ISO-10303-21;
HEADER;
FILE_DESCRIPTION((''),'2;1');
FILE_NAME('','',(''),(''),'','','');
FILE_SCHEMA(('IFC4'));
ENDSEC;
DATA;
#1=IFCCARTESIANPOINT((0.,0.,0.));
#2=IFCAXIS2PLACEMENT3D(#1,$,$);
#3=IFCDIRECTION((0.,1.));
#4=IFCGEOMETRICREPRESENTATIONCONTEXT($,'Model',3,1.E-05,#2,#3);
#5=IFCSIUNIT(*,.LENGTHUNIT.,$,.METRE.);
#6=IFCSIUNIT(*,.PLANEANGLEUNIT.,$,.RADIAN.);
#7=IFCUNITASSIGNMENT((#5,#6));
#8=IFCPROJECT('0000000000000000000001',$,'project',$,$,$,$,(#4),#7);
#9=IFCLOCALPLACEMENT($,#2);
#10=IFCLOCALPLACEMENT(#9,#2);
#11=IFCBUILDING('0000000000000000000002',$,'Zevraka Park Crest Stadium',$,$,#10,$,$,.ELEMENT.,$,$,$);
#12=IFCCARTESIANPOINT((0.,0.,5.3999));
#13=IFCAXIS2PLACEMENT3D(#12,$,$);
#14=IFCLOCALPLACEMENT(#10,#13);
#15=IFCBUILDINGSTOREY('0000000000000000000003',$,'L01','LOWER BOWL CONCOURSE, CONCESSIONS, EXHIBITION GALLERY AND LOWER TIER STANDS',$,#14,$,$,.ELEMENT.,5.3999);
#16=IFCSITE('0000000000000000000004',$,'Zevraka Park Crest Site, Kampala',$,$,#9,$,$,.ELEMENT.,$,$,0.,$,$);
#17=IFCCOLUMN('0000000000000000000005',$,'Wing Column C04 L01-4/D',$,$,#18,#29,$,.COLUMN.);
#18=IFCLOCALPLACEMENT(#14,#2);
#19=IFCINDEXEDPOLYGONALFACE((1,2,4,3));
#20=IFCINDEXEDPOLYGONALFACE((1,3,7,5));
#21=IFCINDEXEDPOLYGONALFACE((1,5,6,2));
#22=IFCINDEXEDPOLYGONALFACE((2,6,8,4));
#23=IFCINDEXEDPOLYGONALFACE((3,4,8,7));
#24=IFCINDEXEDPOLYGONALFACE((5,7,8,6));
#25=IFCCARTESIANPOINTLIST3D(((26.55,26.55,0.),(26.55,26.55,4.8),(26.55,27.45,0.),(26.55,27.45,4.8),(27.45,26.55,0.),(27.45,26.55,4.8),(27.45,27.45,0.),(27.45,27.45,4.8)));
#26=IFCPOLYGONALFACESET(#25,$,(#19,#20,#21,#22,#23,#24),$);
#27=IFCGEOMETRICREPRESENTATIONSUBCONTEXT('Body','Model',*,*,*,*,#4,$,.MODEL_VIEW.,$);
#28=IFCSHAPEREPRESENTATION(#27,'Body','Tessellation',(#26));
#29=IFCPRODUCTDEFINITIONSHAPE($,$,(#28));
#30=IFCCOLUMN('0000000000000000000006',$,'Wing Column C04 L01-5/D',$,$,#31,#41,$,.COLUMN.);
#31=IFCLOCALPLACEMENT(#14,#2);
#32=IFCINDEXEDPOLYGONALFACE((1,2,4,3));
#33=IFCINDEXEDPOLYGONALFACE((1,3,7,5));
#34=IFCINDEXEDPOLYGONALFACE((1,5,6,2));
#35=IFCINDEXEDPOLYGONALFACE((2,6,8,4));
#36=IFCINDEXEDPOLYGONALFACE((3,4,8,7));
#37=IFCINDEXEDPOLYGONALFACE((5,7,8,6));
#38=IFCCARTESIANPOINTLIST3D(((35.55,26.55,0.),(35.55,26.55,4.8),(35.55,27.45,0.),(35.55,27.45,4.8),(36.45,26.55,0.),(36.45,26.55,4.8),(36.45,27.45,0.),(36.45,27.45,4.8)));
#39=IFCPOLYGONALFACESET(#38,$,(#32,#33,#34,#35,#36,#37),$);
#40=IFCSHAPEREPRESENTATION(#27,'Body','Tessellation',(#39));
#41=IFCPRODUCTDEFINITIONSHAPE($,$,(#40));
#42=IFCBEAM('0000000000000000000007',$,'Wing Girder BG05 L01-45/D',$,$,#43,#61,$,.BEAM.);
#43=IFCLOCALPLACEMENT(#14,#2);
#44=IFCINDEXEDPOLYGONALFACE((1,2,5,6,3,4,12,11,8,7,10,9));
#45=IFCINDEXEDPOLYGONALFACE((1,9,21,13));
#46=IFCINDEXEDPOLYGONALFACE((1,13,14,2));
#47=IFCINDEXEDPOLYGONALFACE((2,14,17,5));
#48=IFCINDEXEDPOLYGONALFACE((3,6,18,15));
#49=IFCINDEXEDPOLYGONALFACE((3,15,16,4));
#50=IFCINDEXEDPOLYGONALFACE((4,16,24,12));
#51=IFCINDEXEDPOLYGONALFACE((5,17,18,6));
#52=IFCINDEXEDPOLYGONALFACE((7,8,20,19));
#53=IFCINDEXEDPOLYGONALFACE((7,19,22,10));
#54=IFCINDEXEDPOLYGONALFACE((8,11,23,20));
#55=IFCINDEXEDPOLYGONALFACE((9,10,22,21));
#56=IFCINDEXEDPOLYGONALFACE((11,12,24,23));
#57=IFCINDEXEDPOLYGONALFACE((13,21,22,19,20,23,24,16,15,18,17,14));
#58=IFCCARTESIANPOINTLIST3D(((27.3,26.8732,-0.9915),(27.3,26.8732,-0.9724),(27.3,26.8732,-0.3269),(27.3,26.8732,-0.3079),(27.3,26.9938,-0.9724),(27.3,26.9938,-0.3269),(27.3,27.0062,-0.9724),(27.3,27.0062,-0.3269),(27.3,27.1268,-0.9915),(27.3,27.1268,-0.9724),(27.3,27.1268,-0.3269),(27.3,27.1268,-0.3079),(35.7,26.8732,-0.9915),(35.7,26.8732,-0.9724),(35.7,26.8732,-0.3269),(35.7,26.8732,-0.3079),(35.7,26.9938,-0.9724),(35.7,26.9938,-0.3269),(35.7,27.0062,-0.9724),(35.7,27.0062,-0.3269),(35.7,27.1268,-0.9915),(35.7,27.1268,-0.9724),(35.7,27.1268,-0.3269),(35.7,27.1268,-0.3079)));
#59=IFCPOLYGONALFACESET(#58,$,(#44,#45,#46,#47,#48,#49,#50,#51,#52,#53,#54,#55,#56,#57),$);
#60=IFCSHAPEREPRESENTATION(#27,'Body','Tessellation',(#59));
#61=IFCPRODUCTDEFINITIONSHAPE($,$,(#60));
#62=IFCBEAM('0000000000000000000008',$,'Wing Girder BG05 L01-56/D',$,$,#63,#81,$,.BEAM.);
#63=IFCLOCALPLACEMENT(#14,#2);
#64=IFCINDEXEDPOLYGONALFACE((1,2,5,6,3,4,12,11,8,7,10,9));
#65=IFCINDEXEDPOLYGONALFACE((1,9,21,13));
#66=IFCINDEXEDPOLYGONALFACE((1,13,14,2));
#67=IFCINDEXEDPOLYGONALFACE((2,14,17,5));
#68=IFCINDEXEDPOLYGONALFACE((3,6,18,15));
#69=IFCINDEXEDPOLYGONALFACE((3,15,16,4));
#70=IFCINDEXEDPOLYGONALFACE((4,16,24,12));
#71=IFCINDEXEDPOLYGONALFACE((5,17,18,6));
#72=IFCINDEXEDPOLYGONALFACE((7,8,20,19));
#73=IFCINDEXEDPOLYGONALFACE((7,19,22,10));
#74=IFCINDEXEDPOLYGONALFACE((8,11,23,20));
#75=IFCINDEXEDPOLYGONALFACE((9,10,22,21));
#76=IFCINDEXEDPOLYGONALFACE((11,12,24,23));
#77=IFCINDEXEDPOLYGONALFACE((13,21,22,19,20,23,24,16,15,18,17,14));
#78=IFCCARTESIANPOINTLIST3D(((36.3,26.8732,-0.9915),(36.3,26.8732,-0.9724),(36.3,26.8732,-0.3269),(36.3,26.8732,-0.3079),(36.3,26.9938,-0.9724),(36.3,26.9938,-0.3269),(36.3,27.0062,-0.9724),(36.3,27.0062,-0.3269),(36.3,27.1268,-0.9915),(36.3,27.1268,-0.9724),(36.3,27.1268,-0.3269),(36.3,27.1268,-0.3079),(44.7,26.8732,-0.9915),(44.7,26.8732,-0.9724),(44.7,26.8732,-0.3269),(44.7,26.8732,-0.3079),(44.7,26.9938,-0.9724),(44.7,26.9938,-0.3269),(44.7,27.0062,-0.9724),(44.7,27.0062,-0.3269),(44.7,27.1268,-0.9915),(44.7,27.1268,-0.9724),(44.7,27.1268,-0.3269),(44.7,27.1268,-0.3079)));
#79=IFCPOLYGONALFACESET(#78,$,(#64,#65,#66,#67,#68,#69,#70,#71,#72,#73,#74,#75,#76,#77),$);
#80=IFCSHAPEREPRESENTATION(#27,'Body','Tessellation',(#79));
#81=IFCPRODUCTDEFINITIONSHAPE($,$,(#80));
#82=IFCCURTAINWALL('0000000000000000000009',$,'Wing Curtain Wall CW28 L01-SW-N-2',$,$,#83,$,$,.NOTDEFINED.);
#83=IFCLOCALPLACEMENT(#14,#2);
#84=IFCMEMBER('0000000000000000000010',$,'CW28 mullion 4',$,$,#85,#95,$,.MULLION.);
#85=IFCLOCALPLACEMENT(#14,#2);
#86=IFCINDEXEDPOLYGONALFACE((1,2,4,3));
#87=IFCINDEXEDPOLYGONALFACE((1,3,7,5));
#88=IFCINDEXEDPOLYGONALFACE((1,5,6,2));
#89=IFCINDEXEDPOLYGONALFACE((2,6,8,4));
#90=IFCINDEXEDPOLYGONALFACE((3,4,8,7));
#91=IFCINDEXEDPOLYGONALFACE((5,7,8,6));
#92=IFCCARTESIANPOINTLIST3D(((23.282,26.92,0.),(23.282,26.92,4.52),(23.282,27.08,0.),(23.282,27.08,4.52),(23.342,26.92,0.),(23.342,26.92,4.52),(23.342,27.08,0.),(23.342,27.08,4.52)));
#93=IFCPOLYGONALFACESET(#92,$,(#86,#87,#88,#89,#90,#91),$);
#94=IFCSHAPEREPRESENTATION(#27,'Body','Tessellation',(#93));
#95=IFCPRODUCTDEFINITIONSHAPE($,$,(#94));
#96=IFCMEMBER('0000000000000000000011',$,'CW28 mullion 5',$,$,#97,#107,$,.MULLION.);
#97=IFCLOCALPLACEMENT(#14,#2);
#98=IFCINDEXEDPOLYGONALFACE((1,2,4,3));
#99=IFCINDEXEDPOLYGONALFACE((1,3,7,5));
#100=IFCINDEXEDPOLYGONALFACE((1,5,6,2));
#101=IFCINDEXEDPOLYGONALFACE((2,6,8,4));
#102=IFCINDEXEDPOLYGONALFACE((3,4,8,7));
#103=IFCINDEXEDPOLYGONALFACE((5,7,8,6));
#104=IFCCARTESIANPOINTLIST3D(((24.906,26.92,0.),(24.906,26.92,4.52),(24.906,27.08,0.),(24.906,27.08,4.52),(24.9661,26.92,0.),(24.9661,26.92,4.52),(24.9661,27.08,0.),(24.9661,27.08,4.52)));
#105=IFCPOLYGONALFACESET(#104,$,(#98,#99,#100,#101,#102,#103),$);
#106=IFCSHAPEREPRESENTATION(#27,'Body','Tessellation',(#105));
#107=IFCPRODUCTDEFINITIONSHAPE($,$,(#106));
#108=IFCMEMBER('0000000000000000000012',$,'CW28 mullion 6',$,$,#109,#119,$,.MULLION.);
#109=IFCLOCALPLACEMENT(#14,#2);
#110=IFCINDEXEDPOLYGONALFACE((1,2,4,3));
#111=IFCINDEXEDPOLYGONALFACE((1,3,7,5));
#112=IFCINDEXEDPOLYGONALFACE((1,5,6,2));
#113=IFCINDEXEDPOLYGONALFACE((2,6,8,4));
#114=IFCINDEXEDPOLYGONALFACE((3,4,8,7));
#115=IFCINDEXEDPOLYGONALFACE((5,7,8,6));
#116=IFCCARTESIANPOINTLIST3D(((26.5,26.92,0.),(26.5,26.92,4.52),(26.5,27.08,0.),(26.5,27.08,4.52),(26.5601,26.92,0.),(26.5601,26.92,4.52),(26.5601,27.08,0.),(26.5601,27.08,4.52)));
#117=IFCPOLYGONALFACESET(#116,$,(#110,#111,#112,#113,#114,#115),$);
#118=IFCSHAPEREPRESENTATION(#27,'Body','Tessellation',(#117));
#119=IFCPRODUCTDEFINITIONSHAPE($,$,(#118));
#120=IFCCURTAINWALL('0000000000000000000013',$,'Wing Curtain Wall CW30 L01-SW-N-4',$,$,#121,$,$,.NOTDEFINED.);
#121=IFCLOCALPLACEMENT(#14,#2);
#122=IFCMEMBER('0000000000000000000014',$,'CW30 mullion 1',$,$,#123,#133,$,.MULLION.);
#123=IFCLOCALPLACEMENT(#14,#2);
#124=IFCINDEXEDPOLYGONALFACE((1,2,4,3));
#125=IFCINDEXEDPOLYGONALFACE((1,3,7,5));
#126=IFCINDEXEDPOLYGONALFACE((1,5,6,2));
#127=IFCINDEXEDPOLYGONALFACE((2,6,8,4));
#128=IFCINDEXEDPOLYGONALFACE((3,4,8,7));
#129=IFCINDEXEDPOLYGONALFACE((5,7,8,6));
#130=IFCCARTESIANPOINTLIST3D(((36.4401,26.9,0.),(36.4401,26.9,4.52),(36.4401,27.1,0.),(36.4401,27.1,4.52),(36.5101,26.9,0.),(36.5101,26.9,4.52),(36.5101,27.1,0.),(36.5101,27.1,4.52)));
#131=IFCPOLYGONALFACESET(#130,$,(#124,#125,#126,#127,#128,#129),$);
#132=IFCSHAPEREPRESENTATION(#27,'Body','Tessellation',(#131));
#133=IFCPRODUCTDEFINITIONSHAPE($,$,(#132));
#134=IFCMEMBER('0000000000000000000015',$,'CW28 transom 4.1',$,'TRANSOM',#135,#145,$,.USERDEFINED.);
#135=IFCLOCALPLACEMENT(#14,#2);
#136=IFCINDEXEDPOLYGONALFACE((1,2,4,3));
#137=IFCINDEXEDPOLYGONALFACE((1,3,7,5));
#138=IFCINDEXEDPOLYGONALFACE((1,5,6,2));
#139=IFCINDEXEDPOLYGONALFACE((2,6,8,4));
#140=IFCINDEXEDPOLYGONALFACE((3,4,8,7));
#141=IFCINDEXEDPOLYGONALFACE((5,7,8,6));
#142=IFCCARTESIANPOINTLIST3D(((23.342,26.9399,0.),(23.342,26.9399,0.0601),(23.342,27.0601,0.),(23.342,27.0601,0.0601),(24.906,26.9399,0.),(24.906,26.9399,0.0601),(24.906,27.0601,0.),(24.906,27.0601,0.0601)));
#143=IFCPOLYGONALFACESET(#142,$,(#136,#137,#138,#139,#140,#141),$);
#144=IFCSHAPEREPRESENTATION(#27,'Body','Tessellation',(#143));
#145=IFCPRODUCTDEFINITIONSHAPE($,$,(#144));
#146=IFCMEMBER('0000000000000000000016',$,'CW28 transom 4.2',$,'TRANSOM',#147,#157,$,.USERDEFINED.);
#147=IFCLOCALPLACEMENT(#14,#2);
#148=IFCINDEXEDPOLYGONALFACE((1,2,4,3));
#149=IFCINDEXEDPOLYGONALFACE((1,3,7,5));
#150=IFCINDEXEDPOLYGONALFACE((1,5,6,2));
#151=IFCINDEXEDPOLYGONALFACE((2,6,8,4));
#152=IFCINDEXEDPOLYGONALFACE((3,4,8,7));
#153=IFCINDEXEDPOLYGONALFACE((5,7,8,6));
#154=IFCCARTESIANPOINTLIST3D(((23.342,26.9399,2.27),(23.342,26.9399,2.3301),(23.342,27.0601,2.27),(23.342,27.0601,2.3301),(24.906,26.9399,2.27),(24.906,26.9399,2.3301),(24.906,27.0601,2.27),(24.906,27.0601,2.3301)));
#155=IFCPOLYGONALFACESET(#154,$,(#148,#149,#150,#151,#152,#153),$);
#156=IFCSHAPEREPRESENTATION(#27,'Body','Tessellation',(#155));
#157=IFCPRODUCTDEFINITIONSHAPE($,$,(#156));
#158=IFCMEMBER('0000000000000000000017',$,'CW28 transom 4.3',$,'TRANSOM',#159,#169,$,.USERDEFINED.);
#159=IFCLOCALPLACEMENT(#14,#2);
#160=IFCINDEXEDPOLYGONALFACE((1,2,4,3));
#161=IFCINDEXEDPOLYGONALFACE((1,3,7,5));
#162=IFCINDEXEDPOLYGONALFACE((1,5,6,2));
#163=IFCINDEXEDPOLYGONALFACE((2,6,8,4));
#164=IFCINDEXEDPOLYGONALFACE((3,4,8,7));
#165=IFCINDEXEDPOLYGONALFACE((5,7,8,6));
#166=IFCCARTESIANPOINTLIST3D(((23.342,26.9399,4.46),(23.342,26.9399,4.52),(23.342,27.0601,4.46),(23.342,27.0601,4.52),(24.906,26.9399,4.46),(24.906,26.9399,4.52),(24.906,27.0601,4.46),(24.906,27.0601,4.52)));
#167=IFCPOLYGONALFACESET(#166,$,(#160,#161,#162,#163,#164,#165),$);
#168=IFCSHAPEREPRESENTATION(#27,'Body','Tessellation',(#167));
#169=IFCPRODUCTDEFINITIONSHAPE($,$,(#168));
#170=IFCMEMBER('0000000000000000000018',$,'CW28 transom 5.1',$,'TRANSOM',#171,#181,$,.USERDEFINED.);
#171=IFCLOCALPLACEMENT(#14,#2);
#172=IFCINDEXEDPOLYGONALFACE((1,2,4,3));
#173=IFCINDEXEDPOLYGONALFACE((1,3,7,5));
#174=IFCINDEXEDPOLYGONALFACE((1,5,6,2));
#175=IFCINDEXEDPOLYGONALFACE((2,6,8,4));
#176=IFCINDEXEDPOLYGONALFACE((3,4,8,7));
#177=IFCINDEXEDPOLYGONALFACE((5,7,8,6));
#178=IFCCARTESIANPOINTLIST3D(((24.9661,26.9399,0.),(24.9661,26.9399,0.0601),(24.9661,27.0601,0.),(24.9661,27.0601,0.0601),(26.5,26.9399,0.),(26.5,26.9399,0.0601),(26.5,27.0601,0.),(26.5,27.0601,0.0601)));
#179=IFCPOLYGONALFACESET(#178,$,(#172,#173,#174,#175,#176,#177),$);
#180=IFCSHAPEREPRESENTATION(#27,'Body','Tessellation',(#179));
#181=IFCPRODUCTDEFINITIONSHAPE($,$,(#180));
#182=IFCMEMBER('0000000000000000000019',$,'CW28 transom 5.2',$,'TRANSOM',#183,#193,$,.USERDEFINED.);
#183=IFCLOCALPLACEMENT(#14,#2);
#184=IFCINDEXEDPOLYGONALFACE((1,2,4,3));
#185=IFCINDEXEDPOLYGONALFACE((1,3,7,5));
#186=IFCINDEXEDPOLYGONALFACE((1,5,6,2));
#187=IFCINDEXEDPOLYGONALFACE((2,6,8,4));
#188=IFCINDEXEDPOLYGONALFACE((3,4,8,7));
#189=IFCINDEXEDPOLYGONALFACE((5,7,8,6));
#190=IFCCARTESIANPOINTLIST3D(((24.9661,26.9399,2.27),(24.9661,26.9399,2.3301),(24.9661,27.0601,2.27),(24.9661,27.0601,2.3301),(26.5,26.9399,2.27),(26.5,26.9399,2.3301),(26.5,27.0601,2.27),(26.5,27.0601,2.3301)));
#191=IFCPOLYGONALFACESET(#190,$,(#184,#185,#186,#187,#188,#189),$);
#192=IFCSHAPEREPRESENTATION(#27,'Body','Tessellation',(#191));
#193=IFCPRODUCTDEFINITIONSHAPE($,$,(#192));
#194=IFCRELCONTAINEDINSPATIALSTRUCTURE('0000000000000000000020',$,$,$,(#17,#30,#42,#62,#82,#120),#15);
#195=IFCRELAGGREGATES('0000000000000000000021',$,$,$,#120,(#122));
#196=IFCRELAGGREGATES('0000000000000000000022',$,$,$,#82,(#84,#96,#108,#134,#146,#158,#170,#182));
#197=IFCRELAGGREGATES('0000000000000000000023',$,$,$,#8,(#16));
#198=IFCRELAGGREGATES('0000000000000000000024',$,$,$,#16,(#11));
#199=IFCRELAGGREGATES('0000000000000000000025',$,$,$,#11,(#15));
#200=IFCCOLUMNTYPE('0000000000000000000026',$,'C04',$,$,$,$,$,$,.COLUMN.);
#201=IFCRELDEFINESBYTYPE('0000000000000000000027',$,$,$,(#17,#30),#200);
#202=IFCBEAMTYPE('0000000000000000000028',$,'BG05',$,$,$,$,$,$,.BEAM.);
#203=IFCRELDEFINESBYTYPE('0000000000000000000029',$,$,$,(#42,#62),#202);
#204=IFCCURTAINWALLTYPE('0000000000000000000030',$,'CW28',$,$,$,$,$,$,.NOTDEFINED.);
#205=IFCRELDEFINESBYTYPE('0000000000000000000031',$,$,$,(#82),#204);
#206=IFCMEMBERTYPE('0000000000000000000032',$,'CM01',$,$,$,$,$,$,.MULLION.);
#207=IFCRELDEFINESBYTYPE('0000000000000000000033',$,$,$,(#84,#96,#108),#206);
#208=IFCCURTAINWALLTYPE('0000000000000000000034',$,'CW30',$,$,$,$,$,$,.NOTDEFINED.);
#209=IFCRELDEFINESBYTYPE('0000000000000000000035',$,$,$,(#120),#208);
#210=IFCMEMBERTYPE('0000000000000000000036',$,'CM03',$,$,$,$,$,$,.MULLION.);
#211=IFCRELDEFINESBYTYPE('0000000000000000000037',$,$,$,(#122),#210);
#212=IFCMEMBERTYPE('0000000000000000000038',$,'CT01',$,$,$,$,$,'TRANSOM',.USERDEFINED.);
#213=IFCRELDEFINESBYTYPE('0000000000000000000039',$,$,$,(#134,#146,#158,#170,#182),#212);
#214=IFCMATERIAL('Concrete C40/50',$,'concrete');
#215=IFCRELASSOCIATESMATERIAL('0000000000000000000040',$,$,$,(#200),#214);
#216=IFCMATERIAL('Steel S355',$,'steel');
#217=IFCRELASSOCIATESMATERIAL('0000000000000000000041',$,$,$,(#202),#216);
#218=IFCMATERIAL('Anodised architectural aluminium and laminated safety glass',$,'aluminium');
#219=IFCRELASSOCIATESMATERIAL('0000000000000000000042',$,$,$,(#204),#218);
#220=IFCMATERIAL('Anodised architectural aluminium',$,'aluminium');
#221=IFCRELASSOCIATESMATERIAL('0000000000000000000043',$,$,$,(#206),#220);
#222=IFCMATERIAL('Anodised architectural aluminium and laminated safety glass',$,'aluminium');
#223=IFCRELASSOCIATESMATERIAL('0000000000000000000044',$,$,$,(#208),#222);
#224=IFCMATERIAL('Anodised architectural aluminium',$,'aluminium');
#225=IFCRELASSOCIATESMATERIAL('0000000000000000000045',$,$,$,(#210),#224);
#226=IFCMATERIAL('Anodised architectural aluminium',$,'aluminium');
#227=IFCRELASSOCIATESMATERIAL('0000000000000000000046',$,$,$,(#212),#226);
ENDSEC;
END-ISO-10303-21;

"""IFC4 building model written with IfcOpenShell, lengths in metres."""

from ifc_helpers import new_model, si_unit, direction, frame, origin, origin_2d, place, context, subcontext, project, spatial, rectangle, i_section, extrude, material, material_profile, profile_set, type_object, element, aggregate, save


model = new_model("IFC4")

# Units and contexts
model_context = context("Model", 3, precision=1e-05, world=origin(), true_north=direction((0.0, 1.0)))
body_context = subcontext(model_context, "Body", "Model", "MODEL_VIEW")
ifc_project = project(units=[si_unit("LENGTHUNIT", "METRE"), si_unit("PLANEANGLEUNIT", "RADIAN")], contexts=[model_context])

# Site, building, storey
site_placement = place(None, origin())
site = spatial("IfcSite", under=ifc_project, at=site_placement, Name="Zevraka Park Crest Site, Kampala", CompositionType="ELEMENT", RefElevation=0.0)
building_placement = place(site_placement, origin())
building = spatial("IfcBuilding", under=site, at=building_placement, Name="Zevraka Park Crest Stadium", CompositionType="ELEMENT")
storey_placement = place(building_placement, frame((0.0, 0.0, 5.3999)))
storey = spatial("IfcBuildingStorey", under=building, at=storey_placement, Name="L01", Description="LOWER BOWL CONCOURSE, CONCESSIONS, EXHIBITION GALLERY AND LOWER TIER STANDS", CompositionType="ELEMENT", Elevation=5.3999)

# Columns
ifc_material_1 = material(Name="Concrete C40/50", Category="concrete")
ifc_material_profile_1 = material_profile(ifc_material_1, rectangle(XDim=0.8999, YDim=0.8999, at=origin_2d()), Name="RC 900x900")
ifc_profile_set_1 = profile_set([ifc_material_profile_1], Name="Concrete C40/50")
column_type = type_object("IfcColumnType", Name="C04", PredefinedType="COLUMN", material=ifc_profile_set_1)
for number, where, z_axis, x_axis, name in (
    (1, (27.0, 27.0, 0.0), (0.0, 0.0, 1.0), (1.0, 0.0, 0.0), "Wing Column C04 L01-4/D"),
    (2, (36.0, 27.0, 0.0), (0.0, 0.0, 1.0), (1.0, 0.0, 0.0), "Wing Column C04 L01-5/D"),
):
    element("IfcColumn", number, at=place(storey_placement, frame(where, z_axis=z_axis, x_axis=x_axis)), inside=storey, type_object=column_type, Name=name, PredefinedType="COLUMN", context=body_context, shape_type="SweptSolid", body=[
        extrude(rectangle(XDim=0.8999, YDim=0.8999, at=origin_2d()), origin(), (0.0, 0.0, 1.0), 4.8),
    ])

# Beams
ifc_material_2 = material(Name="Steel S355", Category="steel")
ifc_material_profile_2 = material_profile(ifc_material_2, i_section(OverallWidth=0.2537, OverallDepth=0.6836, WebThickness=0.0125, FlangeThickness=0.019, at=origin_2d()), Name="UKB 686x254x140")
ifc_profile_set_2 = profile_set([ifc_material_profile_2], Name="Steel S355")
beam_type = type_object("IfcBeamType", Name="BG05", PredefinedType="BEAM", material=ifc_profile_set_2)
for number, where, z_axis, x_axis, name in (
    (3, (27.3, 27.0, -0.6497), (1.0, 0.0, 0.0), (0.0, 1.0, 0.0), "Wing Girder BG05 L01-45/D"),
    (4, (36.3, 27.0, -0.6497), (1.0, 0.0, 0.0), (0.0, 1.0, 0.0), "Wing Girder BG05 L01-56/D"),
):
    element("IfcBeam", number, at=place(storey_placement, frame(where, z_axis=z_axis, x_axis=x_axis)), inside=storey, type_object=beam_type, Name=name, PredefinedType="BEAM", context=body_context, shape_type="SweptSolid", body=[
        extrude(i_section(OverallWidth=0.2537, OverallDepth=0.6836, WebThickness=0.0125, FlangeThickness=0.019, at=origin_2d()), origin(), (0.0, 0.0, 1.0), 8.3999),
    ])

# Curtain wall, members
ifc_material_3 = material(Name="Anodised architectural aluminium and laminated safety glass", Category="aluminium")
curtain_wall_type_1 = type_object("IfcCurtainWallType", Name="CW28", PredefinedType="NOTDEFINED", material=ifc_material_3)
curtain_wall_1_placement = place(storey_placement, origin())
curtain_wall_1 = element("IfcCurtainWall", 5, at=curtain_wall_1_placement, inside=storey, type_object=curtain_wall_type_1, Name="Wing Curtain Wall CW28 L01-SW-N-2", PredefinedType="NOTDEFINED")
ifc_material_4 = material(Name="Anodised architectural aluminium", Category="aluminium")
ifc_material_profile_3 = material_profile(ifc_material_4, rectangle(XDim=0.1599, YDim=0.0601, at=origin_2d()), Name="ALU MULLION 160x60")
ifc_profile_set_3 = profile_set([ifc_material_profile_3], Name="Anodised architectural aluminium")
member_type_1 = type_object("IfcMemberType", Name="CM01", PredefinedType="MULLION", material=ifc_profile_set_3)
member_1_placement = place(storey_placement, frame((23.312, 27.0, 0.0), z_axis=(0.0, 0.0, 1.0), x_axis=(0.0, 1.0, 0.0)))
member_1 = element("IfcMember", 6, at=member_1_placement, type_object=member_type_1, Name="CW28 mullion 4", PredefinedType="MULLION", context=body_context, shape_type="SweptSolid", body=[
    extrude(rectangle(XDim=0.1599, YDim=0.0601, at=origin_2d()), origin(), (0.0, 0.0, 1.0), 4.52),
])
member_2_placement = place(storey_placement, frame((24.936, 27.0, 0.0), z_axis=(0.0, 0.0, 1.0), x_axis=(0.0, 1.0, 0.0)))
member_2 = element("IfcMember", 7, at=member_2_placement, type_object=member_type_1, Name="CW28 mullion 5", PredefinedType="MULLION", context=body_context, shape_type="SweptSolid", body=[
    extrude(rectangle(XDim=0.1599, YDim=0.0601, at=origin_2d()), origin(), (0.0, 0.0, 1.0), 4.52),
])
member_3_placement = place(storey_placement, frame((26.53, 27.0, 0.0), z_axis=(0.0, 0.0, 1.0), x_axis=(0.0, 1.0, 0.0)))
member_3 = element("IfcMember", 8, at=member_3_placement, type_object=member_type_1, Name="CW28 mullion 6", PredefinedType="MULLION", context=body_context, shape_type="SweptSolid", body=[
    extrude(rectangle(XDim=0.1599, YDim=0.0601, at=origin_2d()), origin(), (0.0, 0.0, 1.0), 4.52),
])

# Curtain wall, member
ifc_material_5 = material(Name="Anodised architectural aluminium and laminated safety glass", Category="aluminium")
curtain_wall_type_2 = type_object("IfcCurtainWallType", Name="CW30", PredefinedType="NOTDEFINED", material=ifc_material_5)
curtain_wall_2_placement = place(storey_placement, origin())
curtain_wall_2 = element("IfcCurtainWall", 9, at=curtain_wall_2_placement, inside=storey, type_object=curtain_wall_type_2, Name="Wing Curtain Wall CW30 L01-SW-N-4", PredefinedType="NOTDEFINED")
ifc_material_6 = material(Name="Anodised architectural aluminium", Category="aluminium")
ifc_material_profile_4 = material_profile(ifc_material_6, rectangle(XDim=0.2, YDim=0.0701, at=origin_2d()), Name="ALU MULLION 200x70")
ifc_profile_set_4 = profile_set([ifc_material_profile_4], Name="Anodised architectural aluminium")
member_type_2 = type_object("IfcMemberType", Name="CM03", PredefinedType="MULLION", material=ifc_profile_set_4)
member_4_placement = place(storey_placement, frame((36.4751, 27.0, 0.0), z_axis=(0.0, 0.0, 1.0), x_axis=(0.0, 1.0, 0.0)))
member_4 = element("IfcMember", 10, at=member_4_placement, type_object=member_type_2, Name="CW30 mullion 1", PredefinedType="MULLION", context=body_context, shape_type="SweptSolid", body=[
    extrude(rectangle(XDim=0.2, YDim=0.0701, at=origin_2d()), origin(), (0.0, 0.0, 1.0), 4.52),
])

# Members
ifc_material_7 = material(Name="Anodised architectural aluminium", Category="aluminium")
ifc_material_profile_5 = material_profile(ifc_material_7, rectangle(XDim=0.1201, YDim=0.0601, at=origin_2d()), Name="ALU TRANSOM 120x60")
ifc_profile_set_5 = profile_set([ifc_material_profile_5], Name="Anodised architectural aluminium")
member_type_3 = type_object("IfcMemberType", Name="CT01", ElementType="TRANSOM", PredefinedType="USERDEFINED", material=ifc_profile_set_5)
member_5_placement = place(storey_placement, frame((23.342, 27.0, 0.03), z_axis=(1.0, 0.0, 0.0), x_axis=(0.0, 1.0, 0.0)))
member_5 = element("IfcMember", 11, at=member_5_placement, type_object=member_type_3, Name="CW28 transom 4.1", ObjectType="TRANSOM", PredefinedType="USERDEFINED", context=body_context, shape_type="SweptSolid", body=[
    extrude(rectangle(XDim=0.1201, YDim=0.0601, at=origin_2d()), origin(), (0.0, 0.0, 1.0), 1.564),
])
member_6_placement = place(storey_placement, frame((23.342, 27.0, 2.3), z_axis=(1.0, 0.0, 0.0), x_axis=(0.0, 1.0, 0.0)))
member_6 = element("IfcMember", 12, at=member_6_placement, type_object=member_type_3, Name="CW28 transom 4.2", ObjectType="TRANSOM", PredefinedType="USERDEFINED", context=body_context, shape_type="SweptSolid", body=[
    extrude(rectangle(XDim=0.1201, YDim=0.0601, at=origin_2d()), origin(), (0.0, 0.0, 1.0), 1.564),
])
member_7_placement = place(storey_placement, frame((23.342, 27.0, 4.49), z_axis=(1.0, 0.0, 0.0), x_axis=(0.0, 1.0, 0.0)))
member_7 = element("IfcMember", 13, at=member_7_placement, type_object=member_type_3, Name="CW28 transom 4.3", ObjectType="TRANSOM", PredefinedType="USERDEFINED", context=body_context, shape_type="SweptSolid", body=[
    extrude(rectangle(XDim=0.1201, YDim=0.0601, at=origin_2d()), origin(), (0.0, 0.0, 1.0), 1.564),
])
member_8_placement = place(storey_placement, frame((24.9661, 27.0, 0.03), z_axis=(1.0, 0.0, 0.0), x_axis=(0.0, 1.0, 0.0)))
member_8 = element("IfcMember", 14, at=member_8_placement, type_object=member_type_3, Name="CW28 transom 5.1", ObjectType="TRANSOM", PredefinedType="USERDEFINED", context=body_context, shape_type="SweptSolid", body=[
    extrude(rectangle(XDim=0.1201, YDim=0.0601, at=origin_2d()), origin(), (0.0, 0.0, 1.0), 1.5339),
])
member_9_placement = place(storey_placement, frame((24.9661, 27.0, 2.3), z_axis=(1.0, 0.0, 0.0), x_axis=(0.0, 1.0, 0.0)))
member_9 = element("IfcMember", 15, at=member_9_placement, type_object=member_type_3, Name="CW28 transom 5.2", ObjectType="TRANSOM", PredefinedType="USERDEFINED", context=body_context, shape_type="SweptSolid", body=[
    extrude(rectangle(XDim=0.1201, YDim=0.0601, at=origin_2d()), origin(), (0.0, 0.0, 1.0), 1.5339),
])
aggregate(curtain_wall_2, [member_4])

aggregate(curtain_wall_1, [member_1, member_2, member_3, member_5, member_6, member_7, member_8, member_9])

save(model, "model.ifc")
